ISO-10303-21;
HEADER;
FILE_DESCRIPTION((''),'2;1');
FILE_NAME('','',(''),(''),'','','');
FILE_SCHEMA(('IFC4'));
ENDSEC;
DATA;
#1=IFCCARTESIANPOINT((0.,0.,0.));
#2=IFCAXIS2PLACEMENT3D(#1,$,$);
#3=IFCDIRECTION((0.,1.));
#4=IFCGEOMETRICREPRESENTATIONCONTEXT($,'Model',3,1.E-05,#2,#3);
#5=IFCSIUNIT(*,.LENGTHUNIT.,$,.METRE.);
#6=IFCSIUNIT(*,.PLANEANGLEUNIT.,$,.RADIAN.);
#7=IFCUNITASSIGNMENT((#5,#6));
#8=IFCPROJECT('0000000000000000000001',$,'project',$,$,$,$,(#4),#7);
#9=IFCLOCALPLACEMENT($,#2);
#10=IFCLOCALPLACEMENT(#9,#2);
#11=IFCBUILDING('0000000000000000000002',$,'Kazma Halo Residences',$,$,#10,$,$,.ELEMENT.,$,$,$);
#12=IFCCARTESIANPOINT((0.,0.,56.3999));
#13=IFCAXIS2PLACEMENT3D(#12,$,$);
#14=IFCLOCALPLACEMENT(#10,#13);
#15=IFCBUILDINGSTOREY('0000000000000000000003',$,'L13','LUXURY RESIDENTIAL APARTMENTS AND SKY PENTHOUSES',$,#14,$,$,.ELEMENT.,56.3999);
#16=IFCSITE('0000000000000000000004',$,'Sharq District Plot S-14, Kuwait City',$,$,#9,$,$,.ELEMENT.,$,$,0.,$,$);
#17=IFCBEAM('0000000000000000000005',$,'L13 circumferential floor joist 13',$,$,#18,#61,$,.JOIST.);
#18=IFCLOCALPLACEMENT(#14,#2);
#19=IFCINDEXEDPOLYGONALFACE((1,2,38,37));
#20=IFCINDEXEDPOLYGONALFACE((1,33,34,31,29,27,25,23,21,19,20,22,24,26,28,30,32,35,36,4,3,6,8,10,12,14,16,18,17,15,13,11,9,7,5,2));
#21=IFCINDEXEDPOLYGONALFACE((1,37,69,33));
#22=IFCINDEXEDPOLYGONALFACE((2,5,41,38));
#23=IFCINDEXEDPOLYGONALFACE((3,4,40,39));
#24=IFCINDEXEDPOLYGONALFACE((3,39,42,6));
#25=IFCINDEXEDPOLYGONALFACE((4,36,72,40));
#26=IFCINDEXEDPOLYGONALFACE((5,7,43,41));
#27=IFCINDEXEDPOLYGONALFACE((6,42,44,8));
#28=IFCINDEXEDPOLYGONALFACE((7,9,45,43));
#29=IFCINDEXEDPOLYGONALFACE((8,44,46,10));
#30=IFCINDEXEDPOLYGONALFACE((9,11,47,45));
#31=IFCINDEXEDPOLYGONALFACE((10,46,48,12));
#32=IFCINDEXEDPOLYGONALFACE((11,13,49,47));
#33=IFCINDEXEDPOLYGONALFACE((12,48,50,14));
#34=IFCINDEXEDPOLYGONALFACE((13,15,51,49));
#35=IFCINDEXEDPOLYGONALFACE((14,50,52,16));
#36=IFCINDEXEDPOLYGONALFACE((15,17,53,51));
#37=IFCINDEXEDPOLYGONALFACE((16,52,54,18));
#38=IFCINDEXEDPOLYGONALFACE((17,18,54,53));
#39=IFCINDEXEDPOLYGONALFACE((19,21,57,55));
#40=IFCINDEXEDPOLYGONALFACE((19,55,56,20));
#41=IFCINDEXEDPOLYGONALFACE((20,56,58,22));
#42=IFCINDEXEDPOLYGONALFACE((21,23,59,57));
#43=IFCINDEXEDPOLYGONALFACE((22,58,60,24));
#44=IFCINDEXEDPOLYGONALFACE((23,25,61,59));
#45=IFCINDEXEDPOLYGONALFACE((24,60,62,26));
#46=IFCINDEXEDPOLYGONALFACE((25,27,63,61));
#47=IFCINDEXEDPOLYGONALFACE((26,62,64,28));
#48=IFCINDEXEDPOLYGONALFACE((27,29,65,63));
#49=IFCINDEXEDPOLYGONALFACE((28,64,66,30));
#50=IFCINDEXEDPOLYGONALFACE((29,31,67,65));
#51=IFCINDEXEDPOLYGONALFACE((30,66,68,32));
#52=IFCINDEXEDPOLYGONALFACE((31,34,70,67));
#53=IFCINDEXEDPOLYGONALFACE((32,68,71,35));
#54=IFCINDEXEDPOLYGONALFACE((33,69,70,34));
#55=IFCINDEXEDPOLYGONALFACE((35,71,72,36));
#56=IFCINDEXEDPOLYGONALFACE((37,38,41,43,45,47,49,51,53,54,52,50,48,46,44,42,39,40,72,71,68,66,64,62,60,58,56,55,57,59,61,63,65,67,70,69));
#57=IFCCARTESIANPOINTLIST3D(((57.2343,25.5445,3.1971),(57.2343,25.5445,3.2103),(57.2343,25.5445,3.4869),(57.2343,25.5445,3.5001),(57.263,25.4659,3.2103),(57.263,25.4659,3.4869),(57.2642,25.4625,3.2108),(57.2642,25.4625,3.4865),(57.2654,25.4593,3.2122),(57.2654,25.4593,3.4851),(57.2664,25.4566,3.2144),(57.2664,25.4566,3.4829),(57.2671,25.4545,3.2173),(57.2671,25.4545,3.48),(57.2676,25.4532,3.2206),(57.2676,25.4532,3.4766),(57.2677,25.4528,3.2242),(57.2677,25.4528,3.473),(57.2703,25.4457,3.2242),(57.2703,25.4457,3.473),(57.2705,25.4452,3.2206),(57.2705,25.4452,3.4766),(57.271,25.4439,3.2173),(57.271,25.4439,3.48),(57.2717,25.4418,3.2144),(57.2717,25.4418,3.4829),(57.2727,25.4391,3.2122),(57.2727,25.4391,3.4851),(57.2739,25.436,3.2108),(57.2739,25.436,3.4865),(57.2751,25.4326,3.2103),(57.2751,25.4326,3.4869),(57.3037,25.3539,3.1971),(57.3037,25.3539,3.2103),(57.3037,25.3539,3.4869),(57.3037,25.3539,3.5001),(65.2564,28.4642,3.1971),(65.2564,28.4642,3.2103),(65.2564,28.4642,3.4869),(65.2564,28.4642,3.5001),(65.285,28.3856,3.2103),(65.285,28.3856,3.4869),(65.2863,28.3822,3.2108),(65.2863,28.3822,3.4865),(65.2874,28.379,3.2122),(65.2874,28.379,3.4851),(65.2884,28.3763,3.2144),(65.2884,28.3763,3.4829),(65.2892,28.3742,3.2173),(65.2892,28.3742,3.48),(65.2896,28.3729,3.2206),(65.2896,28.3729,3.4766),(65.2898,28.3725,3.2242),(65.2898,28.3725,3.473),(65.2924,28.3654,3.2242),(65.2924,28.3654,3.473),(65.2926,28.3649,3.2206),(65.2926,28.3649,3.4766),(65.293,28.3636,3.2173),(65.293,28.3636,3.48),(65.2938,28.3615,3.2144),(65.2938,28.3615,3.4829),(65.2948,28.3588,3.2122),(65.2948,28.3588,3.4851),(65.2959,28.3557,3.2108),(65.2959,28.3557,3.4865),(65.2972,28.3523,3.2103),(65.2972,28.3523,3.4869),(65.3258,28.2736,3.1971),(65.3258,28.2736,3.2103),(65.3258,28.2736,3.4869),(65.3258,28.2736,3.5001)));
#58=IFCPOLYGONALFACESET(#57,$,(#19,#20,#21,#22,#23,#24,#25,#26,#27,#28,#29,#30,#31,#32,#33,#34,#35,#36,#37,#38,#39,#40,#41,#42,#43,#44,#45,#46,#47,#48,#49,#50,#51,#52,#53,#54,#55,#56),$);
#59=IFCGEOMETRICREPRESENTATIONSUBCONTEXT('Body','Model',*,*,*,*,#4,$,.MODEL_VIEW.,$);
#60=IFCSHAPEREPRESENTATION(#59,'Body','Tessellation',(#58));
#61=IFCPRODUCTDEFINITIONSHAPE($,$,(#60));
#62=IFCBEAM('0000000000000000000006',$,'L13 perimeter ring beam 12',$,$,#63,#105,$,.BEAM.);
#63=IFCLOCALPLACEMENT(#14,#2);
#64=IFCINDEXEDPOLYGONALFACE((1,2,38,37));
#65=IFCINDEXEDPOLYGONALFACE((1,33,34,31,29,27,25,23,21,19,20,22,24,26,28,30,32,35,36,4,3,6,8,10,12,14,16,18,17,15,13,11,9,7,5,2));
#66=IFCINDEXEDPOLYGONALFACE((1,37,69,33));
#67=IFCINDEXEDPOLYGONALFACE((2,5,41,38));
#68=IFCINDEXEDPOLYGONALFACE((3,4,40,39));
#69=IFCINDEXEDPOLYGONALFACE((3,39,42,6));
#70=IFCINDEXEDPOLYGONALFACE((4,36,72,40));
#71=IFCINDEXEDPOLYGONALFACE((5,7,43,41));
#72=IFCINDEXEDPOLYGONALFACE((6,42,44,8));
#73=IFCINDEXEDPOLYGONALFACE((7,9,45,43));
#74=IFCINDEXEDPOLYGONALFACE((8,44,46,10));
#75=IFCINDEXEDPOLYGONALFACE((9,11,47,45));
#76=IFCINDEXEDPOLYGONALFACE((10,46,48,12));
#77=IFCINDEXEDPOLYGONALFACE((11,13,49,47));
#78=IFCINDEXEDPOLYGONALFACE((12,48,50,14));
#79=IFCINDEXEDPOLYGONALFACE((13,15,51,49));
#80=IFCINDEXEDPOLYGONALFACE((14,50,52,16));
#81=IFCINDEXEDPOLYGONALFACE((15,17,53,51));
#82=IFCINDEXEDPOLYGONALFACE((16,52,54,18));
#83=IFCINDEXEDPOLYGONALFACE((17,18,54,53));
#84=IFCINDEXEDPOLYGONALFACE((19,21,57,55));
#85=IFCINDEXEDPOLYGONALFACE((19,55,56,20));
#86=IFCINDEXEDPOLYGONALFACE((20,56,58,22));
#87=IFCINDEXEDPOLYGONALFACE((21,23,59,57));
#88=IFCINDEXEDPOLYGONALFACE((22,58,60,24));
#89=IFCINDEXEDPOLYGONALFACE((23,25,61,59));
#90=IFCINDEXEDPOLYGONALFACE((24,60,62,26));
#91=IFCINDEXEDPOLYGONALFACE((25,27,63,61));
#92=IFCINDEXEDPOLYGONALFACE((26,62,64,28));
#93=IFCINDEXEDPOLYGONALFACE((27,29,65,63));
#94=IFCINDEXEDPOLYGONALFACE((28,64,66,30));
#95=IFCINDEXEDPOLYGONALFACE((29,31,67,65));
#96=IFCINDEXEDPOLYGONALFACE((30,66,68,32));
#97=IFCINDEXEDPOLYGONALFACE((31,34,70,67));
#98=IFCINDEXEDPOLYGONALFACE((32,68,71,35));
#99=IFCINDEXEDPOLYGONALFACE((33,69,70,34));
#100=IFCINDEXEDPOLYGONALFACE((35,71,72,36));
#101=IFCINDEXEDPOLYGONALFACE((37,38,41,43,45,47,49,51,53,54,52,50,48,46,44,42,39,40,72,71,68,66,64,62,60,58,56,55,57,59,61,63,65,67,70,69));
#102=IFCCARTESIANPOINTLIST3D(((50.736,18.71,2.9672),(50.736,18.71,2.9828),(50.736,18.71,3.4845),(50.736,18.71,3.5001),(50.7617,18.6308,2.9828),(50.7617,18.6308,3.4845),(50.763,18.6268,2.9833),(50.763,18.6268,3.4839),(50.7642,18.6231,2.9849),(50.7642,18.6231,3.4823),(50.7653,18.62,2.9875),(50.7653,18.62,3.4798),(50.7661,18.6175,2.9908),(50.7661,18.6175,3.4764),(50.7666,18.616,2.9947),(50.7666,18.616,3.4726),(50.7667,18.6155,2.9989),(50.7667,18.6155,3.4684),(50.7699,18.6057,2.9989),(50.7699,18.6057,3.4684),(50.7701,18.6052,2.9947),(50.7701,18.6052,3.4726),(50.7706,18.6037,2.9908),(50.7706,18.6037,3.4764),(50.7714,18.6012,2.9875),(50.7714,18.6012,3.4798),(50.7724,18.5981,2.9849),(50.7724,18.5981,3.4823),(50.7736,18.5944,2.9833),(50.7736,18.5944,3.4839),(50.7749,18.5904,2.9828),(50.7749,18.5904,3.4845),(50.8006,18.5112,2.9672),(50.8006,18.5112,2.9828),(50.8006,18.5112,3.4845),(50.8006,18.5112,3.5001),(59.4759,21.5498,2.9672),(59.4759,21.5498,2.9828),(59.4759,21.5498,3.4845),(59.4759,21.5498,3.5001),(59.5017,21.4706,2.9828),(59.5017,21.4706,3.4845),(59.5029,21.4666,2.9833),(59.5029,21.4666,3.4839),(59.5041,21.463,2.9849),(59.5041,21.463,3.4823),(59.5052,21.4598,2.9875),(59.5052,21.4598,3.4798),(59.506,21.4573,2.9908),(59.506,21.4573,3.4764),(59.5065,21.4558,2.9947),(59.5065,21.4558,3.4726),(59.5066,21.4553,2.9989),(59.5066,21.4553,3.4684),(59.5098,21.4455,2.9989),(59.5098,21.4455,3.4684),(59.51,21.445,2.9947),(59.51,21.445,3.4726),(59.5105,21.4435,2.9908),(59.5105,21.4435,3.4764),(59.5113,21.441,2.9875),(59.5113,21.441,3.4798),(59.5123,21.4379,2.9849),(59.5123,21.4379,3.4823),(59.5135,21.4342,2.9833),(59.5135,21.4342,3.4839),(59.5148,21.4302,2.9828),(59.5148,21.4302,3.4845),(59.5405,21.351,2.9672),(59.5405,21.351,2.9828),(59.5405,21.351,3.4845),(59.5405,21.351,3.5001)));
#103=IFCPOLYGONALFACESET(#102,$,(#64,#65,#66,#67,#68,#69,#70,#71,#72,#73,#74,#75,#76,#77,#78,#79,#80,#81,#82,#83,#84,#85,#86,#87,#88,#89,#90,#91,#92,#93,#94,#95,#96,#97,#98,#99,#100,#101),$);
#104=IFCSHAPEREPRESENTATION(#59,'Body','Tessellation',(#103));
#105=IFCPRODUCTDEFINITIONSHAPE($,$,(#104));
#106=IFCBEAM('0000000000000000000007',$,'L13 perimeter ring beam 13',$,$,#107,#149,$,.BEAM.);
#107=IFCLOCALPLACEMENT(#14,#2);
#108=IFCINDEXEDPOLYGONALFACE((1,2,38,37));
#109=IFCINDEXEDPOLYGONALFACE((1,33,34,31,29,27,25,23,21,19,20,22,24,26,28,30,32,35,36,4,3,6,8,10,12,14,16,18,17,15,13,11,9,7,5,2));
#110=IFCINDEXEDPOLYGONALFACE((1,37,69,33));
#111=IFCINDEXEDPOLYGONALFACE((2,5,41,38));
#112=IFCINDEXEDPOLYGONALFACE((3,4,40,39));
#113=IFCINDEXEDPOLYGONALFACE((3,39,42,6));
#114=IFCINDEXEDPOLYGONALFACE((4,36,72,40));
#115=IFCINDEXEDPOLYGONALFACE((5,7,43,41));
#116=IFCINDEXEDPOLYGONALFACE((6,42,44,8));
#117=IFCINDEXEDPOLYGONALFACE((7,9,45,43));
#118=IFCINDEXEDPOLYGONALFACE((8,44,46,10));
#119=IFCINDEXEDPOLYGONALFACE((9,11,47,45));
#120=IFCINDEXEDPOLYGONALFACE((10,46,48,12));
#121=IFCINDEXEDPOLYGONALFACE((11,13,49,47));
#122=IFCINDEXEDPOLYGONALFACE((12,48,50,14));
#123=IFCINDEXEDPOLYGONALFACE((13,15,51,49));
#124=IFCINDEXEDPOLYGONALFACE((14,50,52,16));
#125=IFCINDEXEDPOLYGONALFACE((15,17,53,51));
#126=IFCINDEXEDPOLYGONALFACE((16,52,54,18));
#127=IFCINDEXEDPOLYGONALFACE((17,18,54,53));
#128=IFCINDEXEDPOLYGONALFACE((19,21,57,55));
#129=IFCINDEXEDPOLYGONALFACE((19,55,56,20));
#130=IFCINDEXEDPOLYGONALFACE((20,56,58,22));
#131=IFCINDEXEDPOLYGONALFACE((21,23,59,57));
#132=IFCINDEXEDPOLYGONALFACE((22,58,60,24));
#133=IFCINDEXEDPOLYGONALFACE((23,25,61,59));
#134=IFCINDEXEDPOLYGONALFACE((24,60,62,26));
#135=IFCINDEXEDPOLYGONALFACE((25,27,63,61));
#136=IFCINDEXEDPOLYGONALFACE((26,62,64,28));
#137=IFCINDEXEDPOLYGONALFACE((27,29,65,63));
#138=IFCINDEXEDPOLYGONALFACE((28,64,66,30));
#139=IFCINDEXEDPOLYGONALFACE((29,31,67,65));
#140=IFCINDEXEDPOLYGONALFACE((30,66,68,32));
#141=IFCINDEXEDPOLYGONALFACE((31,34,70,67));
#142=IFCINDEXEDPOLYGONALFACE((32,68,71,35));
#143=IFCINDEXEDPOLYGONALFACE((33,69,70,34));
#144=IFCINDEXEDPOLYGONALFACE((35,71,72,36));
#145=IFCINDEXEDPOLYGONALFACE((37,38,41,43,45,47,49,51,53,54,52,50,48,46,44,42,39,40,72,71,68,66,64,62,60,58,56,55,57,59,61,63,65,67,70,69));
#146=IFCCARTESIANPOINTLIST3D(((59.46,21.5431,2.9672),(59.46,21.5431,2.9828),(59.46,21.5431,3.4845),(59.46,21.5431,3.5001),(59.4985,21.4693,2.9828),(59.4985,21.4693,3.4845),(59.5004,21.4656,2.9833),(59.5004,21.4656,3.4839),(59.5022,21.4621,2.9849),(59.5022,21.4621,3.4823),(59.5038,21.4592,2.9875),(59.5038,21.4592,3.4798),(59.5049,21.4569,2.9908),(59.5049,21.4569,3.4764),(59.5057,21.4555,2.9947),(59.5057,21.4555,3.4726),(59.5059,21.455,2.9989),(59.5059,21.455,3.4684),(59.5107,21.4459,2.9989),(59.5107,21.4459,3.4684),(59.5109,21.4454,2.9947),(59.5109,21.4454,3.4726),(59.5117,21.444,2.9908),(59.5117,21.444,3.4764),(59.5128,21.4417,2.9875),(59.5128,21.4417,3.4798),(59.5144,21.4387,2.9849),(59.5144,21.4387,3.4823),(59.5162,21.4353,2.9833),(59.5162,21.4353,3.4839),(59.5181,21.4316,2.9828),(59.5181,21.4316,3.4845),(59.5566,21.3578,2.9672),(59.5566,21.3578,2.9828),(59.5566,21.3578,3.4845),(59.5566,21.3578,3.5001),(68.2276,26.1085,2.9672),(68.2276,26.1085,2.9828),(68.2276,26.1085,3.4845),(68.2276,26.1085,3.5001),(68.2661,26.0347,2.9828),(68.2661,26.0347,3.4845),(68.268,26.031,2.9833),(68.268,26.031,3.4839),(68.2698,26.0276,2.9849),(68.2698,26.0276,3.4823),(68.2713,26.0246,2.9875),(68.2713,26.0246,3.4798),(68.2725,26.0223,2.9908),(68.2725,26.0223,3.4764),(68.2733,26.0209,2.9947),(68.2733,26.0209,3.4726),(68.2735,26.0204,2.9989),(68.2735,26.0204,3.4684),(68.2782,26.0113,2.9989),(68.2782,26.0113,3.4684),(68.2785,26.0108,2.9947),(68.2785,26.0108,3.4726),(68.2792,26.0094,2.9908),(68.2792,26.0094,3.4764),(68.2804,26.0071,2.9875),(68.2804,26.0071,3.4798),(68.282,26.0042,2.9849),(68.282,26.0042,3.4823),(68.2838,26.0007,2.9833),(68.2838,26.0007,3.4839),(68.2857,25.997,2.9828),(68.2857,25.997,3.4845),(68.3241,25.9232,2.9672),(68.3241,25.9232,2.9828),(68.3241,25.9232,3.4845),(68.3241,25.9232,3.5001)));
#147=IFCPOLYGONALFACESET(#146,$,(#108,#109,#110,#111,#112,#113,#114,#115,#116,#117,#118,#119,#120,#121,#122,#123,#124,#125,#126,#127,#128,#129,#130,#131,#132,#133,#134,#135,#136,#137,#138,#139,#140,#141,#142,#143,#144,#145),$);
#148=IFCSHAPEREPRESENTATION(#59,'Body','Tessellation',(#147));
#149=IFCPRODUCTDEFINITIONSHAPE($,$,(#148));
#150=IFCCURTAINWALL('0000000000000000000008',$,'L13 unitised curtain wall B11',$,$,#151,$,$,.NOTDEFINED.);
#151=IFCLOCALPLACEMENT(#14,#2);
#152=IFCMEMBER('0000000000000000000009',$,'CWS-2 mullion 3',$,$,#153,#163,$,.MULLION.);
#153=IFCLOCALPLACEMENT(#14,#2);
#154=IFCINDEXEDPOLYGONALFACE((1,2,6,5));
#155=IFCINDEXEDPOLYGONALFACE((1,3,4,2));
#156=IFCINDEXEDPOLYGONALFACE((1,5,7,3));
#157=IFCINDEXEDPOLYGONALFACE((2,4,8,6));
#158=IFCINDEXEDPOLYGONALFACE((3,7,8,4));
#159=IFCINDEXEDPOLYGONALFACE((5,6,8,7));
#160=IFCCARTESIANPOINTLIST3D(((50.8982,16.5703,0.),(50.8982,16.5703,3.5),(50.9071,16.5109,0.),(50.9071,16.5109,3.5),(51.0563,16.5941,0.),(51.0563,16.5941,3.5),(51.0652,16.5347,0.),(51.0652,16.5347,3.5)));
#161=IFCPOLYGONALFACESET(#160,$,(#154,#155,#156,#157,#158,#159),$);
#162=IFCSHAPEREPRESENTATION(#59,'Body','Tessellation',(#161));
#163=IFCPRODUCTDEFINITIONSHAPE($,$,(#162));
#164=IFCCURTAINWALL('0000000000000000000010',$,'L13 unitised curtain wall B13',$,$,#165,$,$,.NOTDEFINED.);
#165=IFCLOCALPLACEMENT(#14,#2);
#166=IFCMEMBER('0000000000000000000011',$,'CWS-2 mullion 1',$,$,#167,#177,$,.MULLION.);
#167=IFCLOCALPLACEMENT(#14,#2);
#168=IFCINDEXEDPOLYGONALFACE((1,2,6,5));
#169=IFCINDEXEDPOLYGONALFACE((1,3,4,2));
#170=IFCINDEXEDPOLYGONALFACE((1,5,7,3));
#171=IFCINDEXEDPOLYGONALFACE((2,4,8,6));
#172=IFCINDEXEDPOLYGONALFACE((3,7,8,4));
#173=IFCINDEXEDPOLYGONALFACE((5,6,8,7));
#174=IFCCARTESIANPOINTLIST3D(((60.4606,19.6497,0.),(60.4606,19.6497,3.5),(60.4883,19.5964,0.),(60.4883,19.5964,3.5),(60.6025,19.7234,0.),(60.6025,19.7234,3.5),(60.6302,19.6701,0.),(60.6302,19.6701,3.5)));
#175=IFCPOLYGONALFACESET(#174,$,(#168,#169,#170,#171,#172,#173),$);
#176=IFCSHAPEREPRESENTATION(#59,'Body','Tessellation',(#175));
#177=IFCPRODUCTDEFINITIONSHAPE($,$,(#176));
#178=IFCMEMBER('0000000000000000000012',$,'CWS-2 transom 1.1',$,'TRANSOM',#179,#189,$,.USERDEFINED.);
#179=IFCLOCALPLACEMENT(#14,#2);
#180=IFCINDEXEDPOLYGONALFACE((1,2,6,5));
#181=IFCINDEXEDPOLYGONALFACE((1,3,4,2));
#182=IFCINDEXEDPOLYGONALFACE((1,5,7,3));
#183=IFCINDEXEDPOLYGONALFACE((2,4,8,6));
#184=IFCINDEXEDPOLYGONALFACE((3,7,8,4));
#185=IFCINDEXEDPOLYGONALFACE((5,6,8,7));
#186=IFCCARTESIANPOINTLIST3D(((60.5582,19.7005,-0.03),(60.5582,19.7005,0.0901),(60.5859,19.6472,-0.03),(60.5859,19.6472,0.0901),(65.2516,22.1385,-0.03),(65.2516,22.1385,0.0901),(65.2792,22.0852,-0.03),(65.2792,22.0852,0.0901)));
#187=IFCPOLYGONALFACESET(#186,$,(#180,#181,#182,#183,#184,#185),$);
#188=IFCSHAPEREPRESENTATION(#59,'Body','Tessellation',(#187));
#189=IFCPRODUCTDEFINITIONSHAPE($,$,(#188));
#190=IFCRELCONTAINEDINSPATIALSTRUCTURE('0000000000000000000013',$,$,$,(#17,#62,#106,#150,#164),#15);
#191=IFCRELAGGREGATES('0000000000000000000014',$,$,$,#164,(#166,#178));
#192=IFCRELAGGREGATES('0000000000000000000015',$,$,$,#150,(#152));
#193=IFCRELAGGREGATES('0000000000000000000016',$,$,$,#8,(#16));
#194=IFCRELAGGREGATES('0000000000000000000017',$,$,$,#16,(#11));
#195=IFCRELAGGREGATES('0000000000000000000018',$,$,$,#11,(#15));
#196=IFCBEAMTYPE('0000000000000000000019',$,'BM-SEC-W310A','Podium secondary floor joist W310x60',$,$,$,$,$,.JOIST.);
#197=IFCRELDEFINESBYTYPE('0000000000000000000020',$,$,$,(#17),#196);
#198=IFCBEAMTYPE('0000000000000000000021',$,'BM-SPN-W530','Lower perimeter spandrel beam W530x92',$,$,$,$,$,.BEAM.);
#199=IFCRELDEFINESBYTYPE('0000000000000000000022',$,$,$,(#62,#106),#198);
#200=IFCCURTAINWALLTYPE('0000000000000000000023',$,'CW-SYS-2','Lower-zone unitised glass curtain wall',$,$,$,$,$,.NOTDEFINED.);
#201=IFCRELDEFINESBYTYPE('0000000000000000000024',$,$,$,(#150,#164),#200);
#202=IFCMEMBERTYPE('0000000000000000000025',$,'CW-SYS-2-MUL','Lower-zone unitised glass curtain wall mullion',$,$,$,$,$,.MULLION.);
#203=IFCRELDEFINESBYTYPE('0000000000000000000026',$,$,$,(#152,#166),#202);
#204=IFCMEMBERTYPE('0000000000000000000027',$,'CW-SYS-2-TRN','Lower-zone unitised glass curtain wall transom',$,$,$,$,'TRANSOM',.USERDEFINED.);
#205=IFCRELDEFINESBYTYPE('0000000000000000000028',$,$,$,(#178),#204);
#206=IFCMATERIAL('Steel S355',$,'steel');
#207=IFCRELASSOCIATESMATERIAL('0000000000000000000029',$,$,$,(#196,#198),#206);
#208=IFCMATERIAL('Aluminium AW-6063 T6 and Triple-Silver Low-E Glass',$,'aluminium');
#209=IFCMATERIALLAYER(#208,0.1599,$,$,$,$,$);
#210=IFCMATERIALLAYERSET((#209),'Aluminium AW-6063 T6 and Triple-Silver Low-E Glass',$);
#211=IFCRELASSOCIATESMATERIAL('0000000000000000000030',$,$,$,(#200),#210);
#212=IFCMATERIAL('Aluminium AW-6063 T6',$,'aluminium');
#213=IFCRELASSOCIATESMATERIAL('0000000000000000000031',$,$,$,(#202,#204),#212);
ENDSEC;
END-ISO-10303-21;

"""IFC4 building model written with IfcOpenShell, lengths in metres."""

from ifc_helpers import new_model, si_unit, direction, frame, origin, origin_2d, place, context, subcontext, project, spatial, rectangle, i_section, extrude, material, layer, layer_set, material_profile, profile_set, type_object, element, aggregate, save


model = new_model("IFC4")

# Units and contexts
model_context = context("Model", 3, precision=1e-05, world=origin(), true_north=direction((0.0, 1.0)))
body_context = subcontext(model_context, "Body", "Model", "MODEL_VIEW")
ifc_project = project(units=[si_unit("LENGTHUNIT", "METRE"), si_unit("PLANEANGLEUNIT", "RADIAN")], contexts=[model_context])

# Site, building, storey
site_placement = place(None, origin())
site = spatial("IfcSite", under=ifc_project, at=site_placement, Name="Sharq District Plot S-14, Kuwait City", CompositionType="ELEMENT", RefElevation=0.0)
building_placement = place(site_placement, origin())
building = spatial("IfcBuilding", under=site, at=building_placement, Name="Kazma Halo Residences", CompositionType="ELEMENT")
storey_placement = place(building_placement, frame((0.0, 0.0, 56.3999)))
storey = spatial("IfcBuildingStorey", under=building, at=storey_placement, Name="L13", Description="LUXURY RESIDENTIAL APARTMENTS AND SKY PENTHOUSES", CompositionType="ELEMENT", Elevation=56.3999)

# Beams
ifc_material_1 = material(Name="Steel S355", Category="steel")
ifc_material_profile_1 = material_profile(ifc_material_1, i_section(OverallWidth=0.2029, OverallDepth=0.303, WebThickness=0.0076, FlangeThickness=0.0132, FilletRadius=0.0139, at=origin_2d()), Name="W310x60")
ifc_profile_set_1 = profile_set([ifc_material_profile_1], Name="Steel S355")
beam_type_1 = type_object("IfcBeamType", Name="BM-SEC-W310A", Description="Podium secondary floor joist W310x60", PredefinedType="JOIST", material=ifc_profile_set_1)
beam_1_placement = place(storey_placement, frame((57.269, 25.4492, 3.3486), z_axis=(0.939696, 0.342012, 0.0), x_axis=(-0.342012, 0.939696, 0.0)))
element("IfcBeam", 1, at=beam_1_placement, inside=storey, type_object=beam_type_1, Name="L13 circumferential floor joist 13", PredefinedType="JOIST", context=body_context, shape_type="SweptSolid", body=[
    extrude(i_section(OverallWidth=0.2029, OverallDepth=0.303, WebThickness=0.0076, FlangeThickness=0.0132, FilletRadius=0.0139, at=origin_2d()), origin(), (0.0, 0.0, 1.0), 8.5369),
])
ifc_material_profile_2 = material_profile(ifc_material_1, i_section(OverallWidth=0.209, OverallDepth=0.533, WebThickness=0.0103, FlangeThickness=0.0156, FilletRadius=0.0161, at=origin_2d()), Name="W530x92")
ifc_profile_set_2 = profile_set([ifc_material_profile_2], Name="Steel S355")
beam_type_2 = type_object("IfcBeamType", Name="BM-SPN-W530", Description="Lower perimeter spandrel beam W530x92", PredefinedType="BEAM", material=ifc_profile_set_2)
beam_2_placement = place(storey_placement, frame((50.7683, 18.6106, 3.2336), z_axis=(0.951055, 0.309022, 0.0), x_axis=(-0.309022, 0.951055, 0.0)))
element("IfcBeam", 2, at=beam_2_placement, inside=storey, type_object=beam_type_2, Name="L13 perimeter ring beam 12", PredefinedType="BEAM", context=body_context, shape_type="SweptSolid", body=[
    extrude(i_section(OverallWidth=0.209, OverallDepth=0.533, WebThickness=0.0103, FlangeThickness=0.0156, FilletRadius=0.0161, at=origin_2d()), origin(), (0.0, 0.0, 1.0), 9.1897),
])
beam_3_placement = place(storey_placement, frame((59.5083, 21.4504, 3.2336), z_axis=(0.886956, 0.461853, 0.0), x_axis=(-0.461853, 0.886956, 0.0)))
element("IfcBeam", 3, at=beam_3_placement, inside=storey, type_object=beam_type_2, Name="L13 perimeter ring beam 13", PredefinedType="BEAM", context=body_context, shape_type="SweptSolid", body=[
    extrude(i_section(OverallWidth=0.209, OverallDepth=0.533, WebThickness=0.0103, FlangeThickness=0.0156, FilletRadius=0.0161, at=origin_2d()), origin(), (0.0, 0.0, 1.0), 9.885),
])

# Curtain wall, member
ifc_material_2 = material(Name="Aluminium AW-6063 T6 and Triple-Silver Low-E Glass", Category="aluminium")
ifc_layer_1 = layer(ifc_material_2, 0.1599)
ifc_layer_set_1 = layer_set([ifc_layer_1], Name="Aluminium AW-6063 T6 and Triple-Silver Low-E Glass")
curtain_wall_type = type_object("IfcCurtainWallType", Name="CW-SYS-2", Description="Lower-zone unitised glass curtain wall", PredefinedType="NOTDEFINED", material=ifc_layer_set_1)
curtain_wall_1_placement = place(storey_placement, origin())
curtain_wall_1 = element("IfcCurtainWall", 4, at=curtain_wall_1_placement, inside=storey, type_object=curtain_wall_type, Name="L13 unitised curtain wall B11", PredefinedType="NOTDEFINED")
ifc_material_3 = material(Name="Aluminium AW-6063 T6", Category="aluminium")
ifc_material_profile_3 = material_profile(ifc_material_3, rectangle(XDim=0.0601, YDim=0.1599, at=origin_2d()), Name="CWM-60x160")
ifc_profile_set_3 = profile_set([ifc_material_profile_3], Name="Aluminium AW-6063 T6")
member_type_1 = type_object("IfcMemberType", Name="CW-SYS-2-MUL", Description="Lower-zone unitised glass curtain wall mullion", PredefinedType="MULLION", material=ifc_profile_set_3)
member_1_placement = place(storey_placement, frame((50.9817, 16.5525, 0.0), z_axis=(0.0, 0.0, 1.0), x_axis=(-0.148657, 0.988889, 0.0)))
member_1 = element("IfcMember", 5, at=member_1_placement, type_object=member_type_1, Name="CWS-2 mullion 3", PredefinedType="MULLION", context=body_context, shape_type="SweptSolid", body=[
    extrude(rectangle(XDim=0.0601, YDim=0.1599, at=origin_2d()), origin(), (0.0, 0.0, 1.0), 3.5),
])

# Curtain wall, members
curtain_wall_2_placement = place(storey_placement, origin())
curtain_wall_2 = element("IfcCurtainWall", 6, at=curtain_wall_2_placement, inside=storey, type_object=curtain_wall_type, Name="L13 unitised curtain wall B13", PredefinedType="NOTDEFINED")
member_2_placement = place(storey_placement, frame((60.5454, 19.6599, 0.0), z_axis=(0.0, 0.0, 1.0), x_axis=(-0.460996, 0.887402, 0.0)))
member_2 = element("IfcMember", 7, at=member_2_placement, type_object=member_type_1, Name="CWS-2 mullion 1", PredefinedType="MULLION", context=body_context, shape_type="SweptSolid", body=[
    extrude(rectangle(XDim=0.0601, YDim=0.1599, at=origin_2d()), origin(), (0.0, 0.0, 1.0), 3.5),
])
ifc_material_profile_4 = material_profile(ifc_material_3, rectangle(XDim=0.0601, YDim=0.1201, at=origin_2d()), Name="CWT-60x120")
ifc_profile_set_4 = profile_set([ifc_material_profile_4], Name="Aluminium AW-6063 T6")
member_type_2 = type_object("IfcMemberType", Name="CW-SYS-2-TRN", Description="Lower-zone unitised glass curtain wall transom", ElementType="TRANSOM", PredefinedType="USERDEFINED", material=ifc_profile_set_4)
member_3_placement = place(storey_placement, frame((60.572, 19.6738, 0.03), z_axis=(0.887415, 0.460972, 0.0), x_axis=(-0.460972, 0.887415, 0.0)))
member_3 = element("IfcMember", 8, at=member_3_placement, type_object=member_type_2, Name="CWS-2 transom 1.1", ObjectType="TRANSOM", PredefinedType="USERDEFINED", context=body_context, shape_type="SweptSolid", body=[
    extrude(rectangle(XDim=0.0601, YDim=0.1201, at=origin_2d()), origin(), (0.0, 0.0, 1.0), 5.2888),
])
aggregate(curtain_wall_2, [member_2, member_3])

aggregate(curtain_wall_1, [member_1])

save(model, "model.ifc")
